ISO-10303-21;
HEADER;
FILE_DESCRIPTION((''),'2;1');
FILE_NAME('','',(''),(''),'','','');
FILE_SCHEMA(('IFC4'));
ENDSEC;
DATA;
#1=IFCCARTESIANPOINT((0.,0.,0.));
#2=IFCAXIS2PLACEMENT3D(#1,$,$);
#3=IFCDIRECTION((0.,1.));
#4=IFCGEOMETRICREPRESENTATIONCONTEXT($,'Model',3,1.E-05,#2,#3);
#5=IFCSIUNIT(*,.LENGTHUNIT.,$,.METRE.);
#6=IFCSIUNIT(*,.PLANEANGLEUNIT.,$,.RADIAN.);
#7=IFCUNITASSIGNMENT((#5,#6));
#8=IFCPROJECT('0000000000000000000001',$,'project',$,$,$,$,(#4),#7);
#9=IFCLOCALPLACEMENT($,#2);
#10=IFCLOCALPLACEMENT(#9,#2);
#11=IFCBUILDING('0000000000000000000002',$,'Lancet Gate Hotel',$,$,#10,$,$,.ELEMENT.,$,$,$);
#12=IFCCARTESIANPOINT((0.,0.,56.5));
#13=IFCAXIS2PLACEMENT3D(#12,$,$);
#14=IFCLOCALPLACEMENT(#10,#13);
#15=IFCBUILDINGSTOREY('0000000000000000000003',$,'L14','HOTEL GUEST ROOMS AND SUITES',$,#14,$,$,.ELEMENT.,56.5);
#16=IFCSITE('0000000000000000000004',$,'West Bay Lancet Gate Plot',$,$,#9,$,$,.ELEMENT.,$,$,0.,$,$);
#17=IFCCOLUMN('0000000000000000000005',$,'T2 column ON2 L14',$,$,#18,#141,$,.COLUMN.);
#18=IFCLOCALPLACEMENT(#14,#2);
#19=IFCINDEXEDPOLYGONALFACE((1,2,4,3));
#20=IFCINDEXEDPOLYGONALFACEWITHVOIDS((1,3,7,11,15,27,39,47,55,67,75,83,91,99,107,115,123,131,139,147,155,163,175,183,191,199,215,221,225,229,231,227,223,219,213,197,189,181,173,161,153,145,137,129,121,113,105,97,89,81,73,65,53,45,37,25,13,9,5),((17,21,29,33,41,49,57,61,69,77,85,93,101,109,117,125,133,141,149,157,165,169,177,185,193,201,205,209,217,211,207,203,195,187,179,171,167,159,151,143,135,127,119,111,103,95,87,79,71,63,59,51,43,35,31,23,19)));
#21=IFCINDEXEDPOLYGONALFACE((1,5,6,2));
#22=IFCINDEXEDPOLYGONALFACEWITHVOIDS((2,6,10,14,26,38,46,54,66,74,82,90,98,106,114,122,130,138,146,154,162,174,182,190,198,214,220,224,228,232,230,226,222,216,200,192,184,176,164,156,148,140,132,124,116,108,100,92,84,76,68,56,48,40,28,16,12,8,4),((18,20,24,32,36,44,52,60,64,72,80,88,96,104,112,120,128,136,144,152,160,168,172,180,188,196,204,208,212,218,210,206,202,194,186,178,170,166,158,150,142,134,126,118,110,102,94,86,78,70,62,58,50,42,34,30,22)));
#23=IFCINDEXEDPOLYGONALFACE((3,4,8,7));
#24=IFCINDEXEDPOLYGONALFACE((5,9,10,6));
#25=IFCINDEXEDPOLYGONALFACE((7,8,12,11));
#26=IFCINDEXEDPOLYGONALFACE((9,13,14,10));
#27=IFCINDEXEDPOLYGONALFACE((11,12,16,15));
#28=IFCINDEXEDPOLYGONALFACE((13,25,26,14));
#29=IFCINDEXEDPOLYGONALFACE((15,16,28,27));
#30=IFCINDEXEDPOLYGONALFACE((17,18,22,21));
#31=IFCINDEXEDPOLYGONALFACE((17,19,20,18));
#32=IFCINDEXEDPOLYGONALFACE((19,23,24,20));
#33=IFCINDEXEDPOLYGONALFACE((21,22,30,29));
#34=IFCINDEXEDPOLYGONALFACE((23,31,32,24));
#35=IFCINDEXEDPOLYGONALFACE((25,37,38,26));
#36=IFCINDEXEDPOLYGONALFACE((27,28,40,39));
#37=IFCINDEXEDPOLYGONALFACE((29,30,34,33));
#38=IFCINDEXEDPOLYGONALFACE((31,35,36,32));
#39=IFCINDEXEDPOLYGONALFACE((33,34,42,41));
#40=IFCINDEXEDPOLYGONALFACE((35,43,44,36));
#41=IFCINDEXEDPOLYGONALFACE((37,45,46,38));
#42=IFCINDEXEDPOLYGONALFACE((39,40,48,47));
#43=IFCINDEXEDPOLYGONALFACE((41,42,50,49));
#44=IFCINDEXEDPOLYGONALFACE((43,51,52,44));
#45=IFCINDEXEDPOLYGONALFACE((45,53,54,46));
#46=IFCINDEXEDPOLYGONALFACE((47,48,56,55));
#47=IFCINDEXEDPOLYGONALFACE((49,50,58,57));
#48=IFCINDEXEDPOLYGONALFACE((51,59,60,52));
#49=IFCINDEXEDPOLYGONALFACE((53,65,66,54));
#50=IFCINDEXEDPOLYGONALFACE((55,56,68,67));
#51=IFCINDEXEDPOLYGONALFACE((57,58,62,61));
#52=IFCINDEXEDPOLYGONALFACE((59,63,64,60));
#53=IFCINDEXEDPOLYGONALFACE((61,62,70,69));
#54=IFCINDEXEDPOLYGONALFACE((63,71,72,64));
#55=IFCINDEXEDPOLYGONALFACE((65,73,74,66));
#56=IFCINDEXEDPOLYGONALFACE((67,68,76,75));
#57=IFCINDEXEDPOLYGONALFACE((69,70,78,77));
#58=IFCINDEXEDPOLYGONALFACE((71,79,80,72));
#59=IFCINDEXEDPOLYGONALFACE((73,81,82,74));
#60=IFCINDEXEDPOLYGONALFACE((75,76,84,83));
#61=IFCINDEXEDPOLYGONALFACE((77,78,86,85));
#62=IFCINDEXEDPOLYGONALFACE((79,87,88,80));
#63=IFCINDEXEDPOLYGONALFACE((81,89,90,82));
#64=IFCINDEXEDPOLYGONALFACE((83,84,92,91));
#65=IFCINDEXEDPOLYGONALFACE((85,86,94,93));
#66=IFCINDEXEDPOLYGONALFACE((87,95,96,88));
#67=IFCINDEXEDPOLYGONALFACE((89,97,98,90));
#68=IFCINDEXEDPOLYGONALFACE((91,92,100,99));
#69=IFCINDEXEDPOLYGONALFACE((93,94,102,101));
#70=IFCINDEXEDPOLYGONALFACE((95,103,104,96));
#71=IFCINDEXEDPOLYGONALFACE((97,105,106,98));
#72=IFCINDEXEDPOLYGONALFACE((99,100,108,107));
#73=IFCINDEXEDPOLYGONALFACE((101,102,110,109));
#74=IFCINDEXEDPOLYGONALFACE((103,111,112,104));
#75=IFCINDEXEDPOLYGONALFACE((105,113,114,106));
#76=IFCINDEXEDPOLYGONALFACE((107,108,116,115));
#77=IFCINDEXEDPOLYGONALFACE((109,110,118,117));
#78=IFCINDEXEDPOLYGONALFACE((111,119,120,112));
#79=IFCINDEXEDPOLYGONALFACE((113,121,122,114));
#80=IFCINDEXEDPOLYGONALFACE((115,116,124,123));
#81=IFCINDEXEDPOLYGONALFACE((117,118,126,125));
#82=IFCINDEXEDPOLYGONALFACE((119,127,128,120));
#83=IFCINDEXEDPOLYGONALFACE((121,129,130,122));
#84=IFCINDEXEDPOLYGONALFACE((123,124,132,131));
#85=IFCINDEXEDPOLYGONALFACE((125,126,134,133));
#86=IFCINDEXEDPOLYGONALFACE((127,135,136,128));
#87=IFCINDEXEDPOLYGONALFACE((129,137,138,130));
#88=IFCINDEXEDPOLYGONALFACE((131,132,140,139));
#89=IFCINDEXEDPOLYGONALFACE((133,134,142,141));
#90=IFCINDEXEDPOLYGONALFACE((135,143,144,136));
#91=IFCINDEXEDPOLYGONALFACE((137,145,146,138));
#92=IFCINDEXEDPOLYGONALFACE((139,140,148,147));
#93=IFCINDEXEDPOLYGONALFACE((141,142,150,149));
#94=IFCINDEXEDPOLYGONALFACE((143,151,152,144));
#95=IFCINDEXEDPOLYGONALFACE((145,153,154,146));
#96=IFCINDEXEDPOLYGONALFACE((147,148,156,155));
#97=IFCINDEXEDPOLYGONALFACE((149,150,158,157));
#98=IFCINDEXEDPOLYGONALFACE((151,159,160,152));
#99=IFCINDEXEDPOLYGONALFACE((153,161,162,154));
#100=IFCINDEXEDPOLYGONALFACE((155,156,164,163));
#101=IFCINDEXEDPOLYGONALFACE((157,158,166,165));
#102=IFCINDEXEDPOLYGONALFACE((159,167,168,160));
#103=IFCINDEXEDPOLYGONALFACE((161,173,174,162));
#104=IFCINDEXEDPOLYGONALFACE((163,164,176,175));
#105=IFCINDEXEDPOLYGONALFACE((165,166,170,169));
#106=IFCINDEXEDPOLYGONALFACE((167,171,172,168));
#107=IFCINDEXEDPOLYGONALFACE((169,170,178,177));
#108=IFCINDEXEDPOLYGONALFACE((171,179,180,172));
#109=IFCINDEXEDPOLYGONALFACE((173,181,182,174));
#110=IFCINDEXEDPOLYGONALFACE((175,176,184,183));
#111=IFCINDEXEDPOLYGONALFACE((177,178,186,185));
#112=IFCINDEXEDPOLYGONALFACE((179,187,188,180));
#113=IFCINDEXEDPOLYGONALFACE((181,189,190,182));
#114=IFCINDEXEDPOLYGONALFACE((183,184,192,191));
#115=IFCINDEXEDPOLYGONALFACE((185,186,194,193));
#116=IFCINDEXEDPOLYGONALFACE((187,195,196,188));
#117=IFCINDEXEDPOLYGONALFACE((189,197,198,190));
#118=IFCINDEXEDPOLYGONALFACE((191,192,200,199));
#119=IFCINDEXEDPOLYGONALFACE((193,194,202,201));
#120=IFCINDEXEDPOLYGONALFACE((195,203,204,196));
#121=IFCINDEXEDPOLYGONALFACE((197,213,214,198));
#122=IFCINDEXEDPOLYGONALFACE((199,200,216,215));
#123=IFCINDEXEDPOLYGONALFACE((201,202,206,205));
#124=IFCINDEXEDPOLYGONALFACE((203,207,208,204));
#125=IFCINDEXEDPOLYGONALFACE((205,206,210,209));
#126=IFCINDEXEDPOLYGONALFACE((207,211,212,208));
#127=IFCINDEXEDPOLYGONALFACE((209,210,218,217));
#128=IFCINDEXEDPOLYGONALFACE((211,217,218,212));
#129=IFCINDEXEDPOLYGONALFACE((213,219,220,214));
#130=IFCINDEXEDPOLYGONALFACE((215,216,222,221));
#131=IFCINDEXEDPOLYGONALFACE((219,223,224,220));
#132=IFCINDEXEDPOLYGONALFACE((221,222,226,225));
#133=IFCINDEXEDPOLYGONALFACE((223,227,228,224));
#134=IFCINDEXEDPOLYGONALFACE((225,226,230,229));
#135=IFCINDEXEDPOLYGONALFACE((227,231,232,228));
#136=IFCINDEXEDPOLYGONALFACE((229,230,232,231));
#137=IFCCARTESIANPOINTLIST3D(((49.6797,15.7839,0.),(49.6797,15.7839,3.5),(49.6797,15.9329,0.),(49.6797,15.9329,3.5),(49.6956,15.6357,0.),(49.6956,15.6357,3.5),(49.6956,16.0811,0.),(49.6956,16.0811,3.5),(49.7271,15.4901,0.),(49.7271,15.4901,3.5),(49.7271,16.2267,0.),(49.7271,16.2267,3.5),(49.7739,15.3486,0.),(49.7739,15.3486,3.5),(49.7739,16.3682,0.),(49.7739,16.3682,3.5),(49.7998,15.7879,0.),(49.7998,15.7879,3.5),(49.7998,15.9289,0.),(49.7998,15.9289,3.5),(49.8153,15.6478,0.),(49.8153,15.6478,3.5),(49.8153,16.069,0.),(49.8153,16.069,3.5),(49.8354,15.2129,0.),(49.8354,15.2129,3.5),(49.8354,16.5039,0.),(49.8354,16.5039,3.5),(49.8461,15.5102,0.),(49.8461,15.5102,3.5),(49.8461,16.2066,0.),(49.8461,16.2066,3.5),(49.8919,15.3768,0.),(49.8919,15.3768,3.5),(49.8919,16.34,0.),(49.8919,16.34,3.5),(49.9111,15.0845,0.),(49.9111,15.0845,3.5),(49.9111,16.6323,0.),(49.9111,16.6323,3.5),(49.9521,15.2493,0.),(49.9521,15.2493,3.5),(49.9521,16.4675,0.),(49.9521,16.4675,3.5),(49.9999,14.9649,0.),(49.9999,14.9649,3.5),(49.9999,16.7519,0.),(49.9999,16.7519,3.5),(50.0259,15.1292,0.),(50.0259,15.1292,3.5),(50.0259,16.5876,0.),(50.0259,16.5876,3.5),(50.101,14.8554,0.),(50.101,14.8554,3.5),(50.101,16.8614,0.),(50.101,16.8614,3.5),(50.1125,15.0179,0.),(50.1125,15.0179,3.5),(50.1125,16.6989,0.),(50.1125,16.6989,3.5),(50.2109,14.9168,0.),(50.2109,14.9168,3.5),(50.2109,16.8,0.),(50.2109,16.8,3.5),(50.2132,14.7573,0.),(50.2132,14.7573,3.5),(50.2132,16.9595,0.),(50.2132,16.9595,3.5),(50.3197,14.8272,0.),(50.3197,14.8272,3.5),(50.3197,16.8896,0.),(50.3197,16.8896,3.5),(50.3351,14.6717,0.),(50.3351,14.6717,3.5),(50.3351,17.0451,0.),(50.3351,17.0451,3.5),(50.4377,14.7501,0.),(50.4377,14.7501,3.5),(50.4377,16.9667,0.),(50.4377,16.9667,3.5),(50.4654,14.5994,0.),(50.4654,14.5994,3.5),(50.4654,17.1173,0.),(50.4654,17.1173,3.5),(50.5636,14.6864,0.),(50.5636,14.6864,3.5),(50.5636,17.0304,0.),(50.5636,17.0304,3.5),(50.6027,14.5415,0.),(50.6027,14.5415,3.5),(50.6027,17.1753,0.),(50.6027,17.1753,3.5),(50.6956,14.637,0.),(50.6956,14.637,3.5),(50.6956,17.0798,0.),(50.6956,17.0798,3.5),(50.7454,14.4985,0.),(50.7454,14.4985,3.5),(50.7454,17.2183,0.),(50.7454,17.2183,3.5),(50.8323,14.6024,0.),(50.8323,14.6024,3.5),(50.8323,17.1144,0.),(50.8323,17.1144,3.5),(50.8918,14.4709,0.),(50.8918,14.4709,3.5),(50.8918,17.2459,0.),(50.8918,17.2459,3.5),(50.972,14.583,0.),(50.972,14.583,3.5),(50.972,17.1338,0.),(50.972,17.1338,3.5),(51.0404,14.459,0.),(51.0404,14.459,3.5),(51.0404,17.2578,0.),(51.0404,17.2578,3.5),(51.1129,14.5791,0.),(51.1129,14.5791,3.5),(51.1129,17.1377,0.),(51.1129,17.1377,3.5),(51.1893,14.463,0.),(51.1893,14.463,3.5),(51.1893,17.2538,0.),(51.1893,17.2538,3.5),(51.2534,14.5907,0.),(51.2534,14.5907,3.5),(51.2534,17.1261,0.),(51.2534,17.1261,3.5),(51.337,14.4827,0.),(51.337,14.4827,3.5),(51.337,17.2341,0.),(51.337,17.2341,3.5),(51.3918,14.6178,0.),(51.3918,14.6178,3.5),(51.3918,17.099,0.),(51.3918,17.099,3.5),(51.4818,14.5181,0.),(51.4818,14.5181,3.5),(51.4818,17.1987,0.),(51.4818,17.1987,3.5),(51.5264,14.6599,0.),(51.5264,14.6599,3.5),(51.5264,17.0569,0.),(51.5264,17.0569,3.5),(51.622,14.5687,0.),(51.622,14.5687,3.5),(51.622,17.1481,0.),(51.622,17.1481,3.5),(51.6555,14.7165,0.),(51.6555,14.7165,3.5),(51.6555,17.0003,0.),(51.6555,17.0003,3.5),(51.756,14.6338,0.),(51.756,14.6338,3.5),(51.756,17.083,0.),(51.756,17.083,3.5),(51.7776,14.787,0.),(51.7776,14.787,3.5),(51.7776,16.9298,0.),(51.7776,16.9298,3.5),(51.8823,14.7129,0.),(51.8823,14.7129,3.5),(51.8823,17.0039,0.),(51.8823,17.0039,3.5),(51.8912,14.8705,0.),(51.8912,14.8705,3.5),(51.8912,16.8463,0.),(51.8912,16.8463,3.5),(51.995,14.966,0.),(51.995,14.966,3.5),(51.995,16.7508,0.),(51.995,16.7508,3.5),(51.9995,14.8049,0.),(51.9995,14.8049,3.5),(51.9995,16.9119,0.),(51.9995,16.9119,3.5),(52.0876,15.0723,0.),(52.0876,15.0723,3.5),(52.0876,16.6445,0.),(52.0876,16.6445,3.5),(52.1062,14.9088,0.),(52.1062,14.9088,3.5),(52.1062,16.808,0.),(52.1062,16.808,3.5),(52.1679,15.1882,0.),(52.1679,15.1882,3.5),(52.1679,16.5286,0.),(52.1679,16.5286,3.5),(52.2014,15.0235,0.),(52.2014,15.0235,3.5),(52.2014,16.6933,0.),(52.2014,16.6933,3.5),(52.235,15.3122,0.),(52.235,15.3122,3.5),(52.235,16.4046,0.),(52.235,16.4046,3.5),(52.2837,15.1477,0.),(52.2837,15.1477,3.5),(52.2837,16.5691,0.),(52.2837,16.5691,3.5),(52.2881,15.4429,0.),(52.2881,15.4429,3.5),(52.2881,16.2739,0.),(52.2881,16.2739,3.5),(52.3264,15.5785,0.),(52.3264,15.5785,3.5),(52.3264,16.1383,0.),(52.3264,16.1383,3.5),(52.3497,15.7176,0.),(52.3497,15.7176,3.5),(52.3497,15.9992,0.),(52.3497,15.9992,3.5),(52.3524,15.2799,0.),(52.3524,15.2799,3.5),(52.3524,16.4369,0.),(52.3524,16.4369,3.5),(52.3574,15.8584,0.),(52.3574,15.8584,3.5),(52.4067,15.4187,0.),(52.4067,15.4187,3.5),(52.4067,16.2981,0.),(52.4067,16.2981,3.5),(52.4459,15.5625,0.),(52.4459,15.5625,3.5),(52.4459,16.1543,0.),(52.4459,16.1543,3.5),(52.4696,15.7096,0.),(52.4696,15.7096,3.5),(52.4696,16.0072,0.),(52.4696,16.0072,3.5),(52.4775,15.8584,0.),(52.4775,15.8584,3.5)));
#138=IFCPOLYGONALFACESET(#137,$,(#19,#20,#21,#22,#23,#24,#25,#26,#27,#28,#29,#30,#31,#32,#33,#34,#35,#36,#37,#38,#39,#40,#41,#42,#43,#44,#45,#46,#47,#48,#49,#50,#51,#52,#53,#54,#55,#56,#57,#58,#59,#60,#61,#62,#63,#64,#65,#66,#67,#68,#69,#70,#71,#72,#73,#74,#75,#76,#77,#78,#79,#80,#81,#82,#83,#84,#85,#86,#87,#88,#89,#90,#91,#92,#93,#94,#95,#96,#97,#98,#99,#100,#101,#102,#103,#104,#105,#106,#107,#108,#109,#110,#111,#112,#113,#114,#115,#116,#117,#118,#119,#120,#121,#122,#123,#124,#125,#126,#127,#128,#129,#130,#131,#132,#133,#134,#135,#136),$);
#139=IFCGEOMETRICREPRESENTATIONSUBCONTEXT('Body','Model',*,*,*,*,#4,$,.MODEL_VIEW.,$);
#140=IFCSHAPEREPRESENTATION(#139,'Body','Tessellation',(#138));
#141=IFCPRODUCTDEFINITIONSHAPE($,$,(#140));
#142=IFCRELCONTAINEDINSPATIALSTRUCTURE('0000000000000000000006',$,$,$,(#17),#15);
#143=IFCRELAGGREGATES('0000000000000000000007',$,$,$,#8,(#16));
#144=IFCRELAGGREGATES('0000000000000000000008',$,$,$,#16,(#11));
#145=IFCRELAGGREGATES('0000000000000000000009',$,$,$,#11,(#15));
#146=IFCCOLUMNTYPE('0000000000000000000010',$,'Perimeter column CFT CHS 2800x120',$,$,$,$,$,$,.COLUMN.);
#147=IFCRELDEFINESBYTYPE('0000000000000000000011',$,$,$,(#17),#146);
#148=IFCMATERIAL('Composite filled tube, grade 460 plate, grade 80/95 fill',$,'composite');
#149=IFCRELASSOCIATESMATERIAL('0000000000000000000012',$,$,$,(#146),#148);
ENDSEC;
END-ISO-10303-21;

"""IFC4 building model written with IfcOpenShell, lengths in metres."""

from ifc_helpers import new_model, si_unit, direction, frame, origin, origin_2d, place, context, subcontext, project, spatial, hollow_circle, extrude, material, material_profile, profile_set, type_object, element, save


model = new_model("IFC4")

# Units and contexts
model_context = context("Model", 3, precision=1e-05, world=origin(), true_north=direction((0.0, 1.0)))
body_context = subcontext(model_context, "Body", "Model", "MODEL_VIEW")
ifc_project = project(units=[si_unit("LENGTHUNIT", "METRE"), si_unit("PLANEANGLEUNIT", "RADIAN")], contexts=[model_context])

# Site, building, storey
site_placement = place(None, origin())
site = spatial("IfcSite", under=ifc_project, at=site_placement, Name="West Bay Lancet Gate Plot", CompositionType="ELEMENT", RefElevation=0.0)
building_placement = place(site_placement, origin())
building = spatial("IfcBuilding", under=site, at=building_placement, Name="Lancet Gate Hotel", CompositionType="ELEMENT")
storey_placement = place(building_placement, frame((0.0, 0.0, 56.5)))
storey = spatial("IfcBuildingStorey", under=building, at=storey_placement, Name="L14", Description="HOTEL GUEST ROOMS AND SUITES", CompositionType="ELEMENT", Elevation=56.5)

# Column
ifc_material_1 = material(Name="Composite filled tube, grade 460 plate, grade 80/95 fill", Category="composite")
ifc_material_profile_1 = material_profile(ifc_material_1, hollow_circle(Radius=1.3999, WallThickness=0.1201, at=origin_2d()), Name="CHS 2800x120")
ifc_profile_set_1 = profile_set([ifc_material_profile_1], Name="Composite filled tube, grade 460 plate, grade 80/95 fill")
column_type = type_object("IfcColumnType", Name="Perimeter column CFT CHS 2800x120", PredefinedType="COLUMN", material=ifc_profile_set_1)
for number, where, z_axis, x_axis, name in (
    (1, (51.0776, 15.8584, 0.0), (0.0, 0.0, 1.0), (1.0, 0.0, 0.0), "T2 column ON2 L14"),
):
    element("IfcColumn", number, at=place(storey_placement, frame(where, z_axis=z_axis, x_axis=x_axis)), inside=storey, type_object=column_type, Name=name, PredefinedType="COLUMN", context=body_context, shape_type="SweptSolid", body=[
        extrude(hollow_circle(Radius=1.3999, WallThickness=0.1201, at=origin_2d()), origin(), (0.0, 0.0, 1.0), 3.5),
    ])

save(model, "model.ifc")
